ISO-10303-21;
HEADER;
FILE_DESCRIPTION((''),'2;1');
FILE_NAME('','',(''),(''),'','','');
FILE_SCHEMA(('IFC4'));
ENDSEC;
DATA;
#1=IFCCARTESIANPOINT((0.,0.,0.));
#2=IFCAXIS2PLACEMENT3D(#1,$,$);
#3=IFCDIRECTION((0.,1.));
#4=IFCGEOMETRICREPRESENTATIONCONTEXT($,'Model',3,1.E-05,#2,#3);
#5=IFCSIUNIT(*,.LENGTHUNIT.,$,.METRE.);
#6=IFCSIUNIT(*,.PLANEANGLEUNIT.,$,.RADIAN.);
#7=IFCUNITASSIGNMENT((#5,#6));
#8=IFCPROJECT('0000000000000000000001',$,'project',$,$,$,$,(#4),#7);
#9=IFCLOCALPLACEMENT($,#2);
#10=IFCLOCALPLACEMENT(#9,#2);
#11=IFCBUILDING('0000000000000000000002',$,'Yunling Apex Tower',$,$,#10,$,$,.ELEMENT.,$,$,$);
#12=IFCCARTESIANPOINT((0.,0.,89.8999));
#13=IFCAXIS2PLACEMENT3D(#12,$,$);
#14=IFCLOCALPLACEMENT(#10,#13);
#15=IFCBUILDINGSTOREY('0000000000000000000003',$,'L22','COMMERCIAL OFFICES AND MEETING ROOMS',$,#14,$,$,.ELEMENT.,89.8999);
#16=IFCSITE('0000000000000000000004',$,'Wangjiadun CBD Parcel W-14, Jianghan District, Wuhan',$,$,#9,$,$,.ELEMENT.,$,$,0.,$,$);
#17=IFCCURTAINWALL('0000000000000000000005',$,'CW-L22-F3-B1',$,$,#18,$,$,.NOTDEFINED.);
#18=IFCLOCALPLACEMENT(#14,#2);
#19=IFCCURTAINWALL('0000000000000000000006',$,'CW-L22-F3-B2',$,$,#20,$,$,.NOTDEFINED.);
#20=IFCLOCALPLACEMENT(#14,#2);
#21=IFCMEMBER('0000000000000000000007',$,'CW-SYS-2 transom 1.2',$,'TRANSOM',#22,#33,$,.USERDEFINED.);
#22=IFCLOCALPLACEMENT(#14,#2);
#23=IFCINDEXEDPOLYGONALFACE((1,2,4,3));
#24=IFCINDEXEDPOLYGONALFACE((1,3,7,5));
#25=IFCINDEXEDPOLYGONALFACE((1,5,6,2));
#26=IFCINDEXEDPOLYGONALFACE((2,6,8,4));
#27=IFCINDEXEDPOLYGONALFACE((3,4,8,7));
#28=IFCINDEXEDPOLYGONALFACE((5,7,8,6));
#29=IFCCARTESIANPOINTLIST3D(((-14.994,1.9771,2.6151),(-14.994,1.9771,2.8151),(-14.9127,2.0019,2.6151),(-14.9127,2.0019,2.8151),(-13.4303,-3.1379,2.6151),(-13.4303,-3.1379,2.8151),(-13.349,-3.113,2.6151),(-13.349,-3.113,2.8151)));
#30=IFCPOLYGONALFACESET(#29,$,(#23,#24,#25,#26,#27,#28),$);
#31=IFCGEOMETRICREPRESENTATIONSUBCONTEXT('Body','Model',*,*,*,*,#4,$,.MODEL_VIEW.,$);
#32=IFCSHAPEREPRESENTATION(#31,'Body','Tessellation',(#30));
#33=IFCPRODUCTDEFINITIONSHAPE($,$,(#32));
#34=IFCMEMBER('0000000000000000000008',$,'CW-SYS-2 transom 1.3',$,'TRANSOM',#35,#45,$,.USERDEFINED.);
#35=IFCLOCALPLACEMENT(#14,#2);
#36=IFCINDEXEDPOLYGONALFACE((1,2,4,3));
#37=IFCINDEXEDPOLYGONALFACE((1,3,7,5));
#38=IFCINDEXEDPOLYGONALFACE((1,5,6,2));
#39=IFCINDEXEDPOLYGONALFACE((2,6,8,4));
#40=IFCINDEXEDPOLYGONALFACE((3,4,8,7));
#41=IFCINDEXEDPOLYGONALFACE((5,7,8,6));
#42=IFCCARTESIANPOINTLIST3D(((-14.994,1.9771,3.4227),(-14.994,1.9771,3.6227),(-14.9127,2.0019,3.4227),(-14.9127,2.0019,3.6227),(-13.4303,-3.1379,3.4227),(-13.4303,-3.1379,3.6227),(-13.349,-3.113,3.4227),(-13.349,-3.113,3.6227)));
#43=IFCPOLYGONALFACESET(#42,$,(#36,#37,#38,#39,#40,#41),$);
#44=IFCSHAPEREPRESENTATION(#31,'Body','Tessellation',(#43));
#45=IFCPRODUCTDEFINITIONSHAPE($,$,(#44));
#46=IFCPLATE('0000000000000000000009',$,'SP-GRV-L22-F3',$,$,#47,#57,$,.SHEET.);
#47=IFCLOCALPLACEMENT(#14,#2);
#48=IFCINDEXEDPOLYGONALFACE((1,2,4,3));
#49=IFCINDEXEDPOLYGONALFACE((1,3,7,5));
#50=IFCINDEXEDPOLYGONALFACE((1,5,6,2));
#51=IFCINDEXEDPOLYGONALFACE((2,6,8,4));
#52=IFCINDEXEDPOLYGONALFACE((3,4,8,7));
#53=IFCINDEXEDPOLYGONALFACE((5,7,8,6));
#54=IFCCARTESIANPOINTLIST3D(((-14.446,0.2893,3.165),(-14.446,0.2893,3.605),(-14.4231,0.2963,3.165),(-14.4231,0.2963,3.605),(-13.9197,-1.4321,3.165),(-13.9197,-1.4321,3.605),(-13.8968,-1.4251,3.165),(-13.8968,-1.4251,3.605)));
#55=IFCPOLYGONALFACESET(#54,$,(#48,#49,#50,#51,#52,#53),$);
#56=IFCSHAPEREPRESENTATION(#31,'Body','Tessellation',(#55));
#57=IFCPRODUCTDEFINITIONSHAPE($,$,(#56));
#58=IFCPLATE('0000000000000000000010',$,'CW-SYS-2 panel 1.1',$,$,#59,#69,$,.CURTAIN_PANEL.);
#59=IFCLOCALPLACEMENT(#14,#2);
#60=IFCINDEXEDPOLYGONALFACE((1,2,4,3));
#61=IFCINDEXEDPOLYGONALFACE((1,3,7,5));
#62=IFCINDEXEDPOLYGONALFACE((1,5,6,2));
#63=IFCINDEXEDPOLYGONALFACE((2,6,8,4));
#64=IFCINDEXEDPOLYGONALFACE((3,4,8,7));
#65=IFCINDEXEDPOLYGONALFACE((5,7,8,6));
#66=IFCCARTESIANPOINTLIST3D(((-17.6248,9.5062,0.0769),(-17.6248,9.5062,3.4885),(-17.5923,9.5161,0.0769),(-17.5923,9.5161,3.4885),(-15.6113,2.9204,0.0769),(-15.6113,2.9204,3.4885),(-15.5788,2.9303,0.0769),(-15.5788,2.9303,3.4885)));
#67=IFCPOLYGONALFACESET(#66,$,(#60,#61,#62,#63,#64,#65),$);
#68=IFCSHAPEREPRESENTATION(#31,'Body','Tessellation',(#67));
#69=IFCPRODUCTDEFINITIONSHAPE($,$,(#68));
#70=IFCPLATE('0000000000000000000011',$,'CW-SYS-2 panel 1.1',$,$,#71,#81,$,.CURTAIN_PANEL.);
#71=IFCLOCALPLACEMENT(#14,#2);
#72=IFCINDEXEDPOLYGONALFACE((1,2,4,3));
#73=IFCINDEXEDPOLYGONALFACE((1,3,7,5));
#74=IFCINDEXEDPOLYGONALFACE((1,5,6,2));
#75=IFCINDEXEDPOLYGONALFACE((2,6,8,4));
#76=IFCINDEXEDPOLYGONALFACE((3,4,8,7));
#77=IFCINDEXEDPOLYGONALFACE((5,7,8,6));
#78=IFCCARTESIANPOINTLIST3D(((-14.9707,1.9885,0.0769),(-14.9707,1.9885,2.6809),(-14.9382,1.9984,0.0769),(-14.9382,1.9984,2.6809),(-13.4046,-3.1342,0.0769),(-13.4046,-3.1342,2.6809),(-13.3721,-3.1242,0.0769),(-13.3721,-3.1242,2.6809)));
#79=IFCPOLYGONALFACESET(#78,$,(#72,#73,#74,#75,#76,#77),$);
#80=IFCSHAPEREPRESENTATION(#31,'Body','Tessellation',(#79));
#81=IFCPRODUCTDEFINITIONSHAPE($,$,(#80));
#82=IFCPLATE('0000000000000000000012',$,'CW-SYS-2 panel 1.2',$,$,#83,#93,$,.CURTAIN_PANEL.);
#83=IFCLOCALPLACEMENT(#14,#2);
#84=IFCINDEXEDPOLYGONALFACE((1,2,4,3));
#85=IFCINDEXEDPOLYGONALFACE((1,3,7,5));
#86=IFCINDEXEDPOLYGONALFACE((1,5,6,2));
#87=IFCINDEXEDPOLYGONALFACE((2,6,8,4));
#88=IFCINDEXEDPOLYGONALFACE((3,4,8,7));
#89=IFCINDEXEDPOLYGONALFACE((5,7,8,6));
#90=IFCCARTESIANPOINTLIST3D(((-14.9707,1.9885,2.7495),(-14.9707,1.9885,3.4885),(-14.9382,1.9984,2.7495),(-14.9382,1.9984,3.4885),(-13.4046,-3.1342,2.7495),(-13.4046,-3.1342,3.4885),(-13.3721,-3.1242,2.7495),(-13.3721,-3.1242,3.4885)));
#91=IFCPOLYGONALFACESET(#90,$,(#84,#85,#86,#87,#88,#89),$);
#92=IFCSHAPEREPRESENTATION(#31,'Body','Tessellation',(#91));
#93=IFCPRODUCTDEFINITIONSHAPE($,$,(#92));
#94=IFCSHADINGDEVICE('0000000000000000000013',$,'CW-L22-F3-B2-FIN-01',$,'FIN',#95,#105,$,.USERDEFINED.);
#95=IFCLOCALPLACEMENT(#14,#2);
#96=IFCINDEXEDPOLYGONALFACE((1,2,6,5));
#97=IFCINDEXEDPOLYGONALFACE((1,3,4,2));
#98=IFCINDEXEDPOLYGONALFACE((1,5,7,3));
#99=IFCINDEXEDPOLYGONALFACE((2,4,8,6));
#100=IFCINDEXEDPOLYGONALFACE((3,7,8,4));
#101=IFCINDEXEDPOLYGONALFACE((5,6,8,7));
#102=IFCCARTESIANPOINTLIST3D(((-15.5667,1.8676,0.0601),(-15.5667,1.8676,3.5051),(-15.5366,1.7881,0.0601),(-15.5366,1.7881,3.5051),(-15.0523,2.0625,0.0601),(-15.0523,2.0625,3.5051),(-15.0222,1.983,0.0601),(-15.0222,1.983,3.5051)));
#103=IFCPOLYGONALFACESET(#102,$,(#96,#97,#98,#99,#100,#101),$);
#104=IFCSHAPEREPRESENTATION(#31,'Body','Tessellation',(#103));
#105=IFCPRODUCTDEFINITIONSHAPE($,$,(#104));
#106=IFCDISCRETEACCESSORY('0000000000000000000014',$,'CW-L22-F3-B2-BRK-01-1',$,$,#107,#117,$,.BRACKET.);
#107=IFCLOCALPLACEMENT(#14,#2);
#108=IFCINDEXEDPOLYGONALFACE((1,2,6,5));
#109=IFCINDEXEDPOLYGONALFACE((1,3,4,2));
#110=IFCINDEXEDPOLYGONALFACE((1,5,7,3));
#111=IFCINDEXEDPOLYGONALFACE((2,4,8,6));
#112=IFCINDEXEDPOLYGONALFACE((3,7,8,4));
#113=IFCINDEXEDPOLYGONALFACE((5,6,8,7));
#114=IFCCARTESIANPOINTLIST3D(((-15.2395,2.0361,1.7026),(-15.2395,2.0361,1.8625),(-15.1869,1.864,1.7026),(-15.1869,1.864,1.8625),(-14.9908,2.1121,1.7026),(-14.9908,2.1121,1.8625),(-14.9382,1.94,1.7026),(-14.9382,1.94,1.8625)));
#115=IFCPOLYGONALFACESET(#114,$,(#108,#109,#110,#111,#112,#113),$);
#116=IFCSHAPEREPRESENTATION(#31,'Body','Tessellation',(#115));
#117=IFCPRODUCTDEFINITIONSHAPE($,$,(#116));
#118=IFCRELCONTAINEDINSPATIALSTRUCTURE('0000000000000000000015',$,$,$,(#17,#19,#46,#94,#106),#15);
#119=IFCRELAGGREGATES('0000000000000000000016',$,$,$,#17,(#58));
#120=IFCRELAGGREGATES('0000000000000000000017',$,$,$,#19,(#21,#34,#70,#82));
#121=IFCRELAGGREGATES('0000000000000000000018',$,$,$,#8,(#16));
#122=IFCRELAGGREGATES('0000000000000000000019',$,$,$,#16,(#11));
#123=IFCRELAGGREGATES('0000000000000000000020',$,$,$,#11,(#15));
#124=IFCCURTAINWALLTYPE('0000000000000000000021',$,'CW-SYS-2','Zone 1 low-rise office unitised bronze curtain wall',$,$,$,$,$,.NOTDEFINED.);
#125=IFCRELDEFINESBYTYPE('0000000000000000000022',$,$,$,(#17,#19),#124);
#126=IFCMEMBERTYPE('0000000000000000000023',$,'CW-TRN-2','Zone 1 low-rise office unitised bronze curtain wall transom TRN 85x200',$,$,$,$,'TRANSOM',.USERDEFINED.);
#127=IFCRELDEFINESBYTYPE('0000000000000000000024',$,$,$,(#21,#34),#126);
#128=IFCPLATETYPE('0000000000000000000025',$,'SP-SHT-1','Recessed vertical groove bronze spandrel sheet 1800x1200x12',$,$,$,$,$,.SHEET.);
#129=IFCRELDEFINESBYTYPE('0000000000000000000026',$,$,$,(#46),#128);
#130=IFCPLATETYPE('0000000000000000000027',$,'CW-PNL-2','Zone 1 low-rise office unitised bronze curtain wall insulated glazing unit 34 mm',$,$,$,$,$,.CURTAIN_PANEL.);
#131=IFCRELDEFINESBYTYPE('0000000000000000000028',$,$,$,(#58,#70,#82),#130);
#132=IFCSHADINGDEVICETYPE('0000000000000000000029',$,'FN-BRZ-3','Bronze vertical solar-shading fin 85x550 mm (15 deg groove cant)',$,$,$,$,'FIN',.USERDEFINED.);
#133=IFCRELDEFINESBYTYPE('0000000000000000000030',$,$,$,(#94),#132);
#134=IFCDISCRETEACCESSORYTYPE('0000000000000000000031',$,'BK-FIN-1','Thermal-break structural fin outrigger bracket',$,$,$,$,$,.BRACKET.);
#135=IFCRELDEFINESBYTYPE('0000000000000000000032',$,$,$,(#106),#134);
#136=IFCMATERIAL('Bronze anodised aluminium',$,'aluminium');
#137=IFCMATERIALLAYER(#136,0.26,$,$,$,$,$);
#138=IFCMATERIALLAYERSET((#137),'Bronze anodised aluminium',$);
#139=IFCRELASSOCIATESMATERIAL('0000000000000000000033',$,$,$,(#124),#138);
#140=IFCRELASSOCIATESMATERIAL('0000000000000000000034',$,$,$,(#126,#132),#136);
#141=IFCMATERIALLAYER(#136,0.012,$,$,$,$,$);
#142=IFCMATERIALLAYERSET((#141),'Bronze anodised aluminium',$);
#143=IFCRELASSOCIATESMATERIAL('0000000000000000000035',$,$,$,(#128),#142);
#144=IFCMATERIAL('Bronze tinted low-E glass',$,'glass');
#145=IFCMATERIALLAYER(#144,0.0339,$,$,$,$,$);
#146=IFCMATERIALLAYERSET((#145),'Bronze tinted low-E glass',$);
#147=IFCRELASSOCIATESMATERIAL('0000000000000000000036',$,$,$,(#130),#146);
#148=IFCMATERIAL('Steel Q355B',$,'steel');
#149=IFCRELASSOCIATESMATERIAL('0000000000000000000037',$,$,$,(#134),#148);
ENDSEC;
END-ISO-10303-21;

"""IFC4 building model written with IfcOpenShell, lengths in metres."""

from ifc_helpers import new_model, si_unit, direction, frame, origin, origin_2d, place, context, subcontext, project, spatial, rectangle, extrude, source, transform, mapped, material, layer, layer_set, material_profile, profile_set, type_object, element, aggregate, save


model = new_model("IFC4")

# Units and contexts
model_context = context("Model", 3, precision=1e-05, world=origin(), true_north=direction((0.0, 1.0)))
body_context = subcontext(model_context, "Body", "Model", "MODEL_VIEW")
ifc_project = project(units=[si_unit("LENGTHUNIT", "METRE"), si_unit("PLANEANGLEUNIT", "RADIAN")], contexts=[model_context])

# Site, building, storey
site_placement = place(None, origin())
site = spatial("IfcSite", under=ifc_project, at=site_placement, Name="Wangjiadun CBD Parcel W-14, Jianghan District, Wuhan", CompositionType="ELEMENT", RefElevation=0.0)
building_placement = place(site_placement, origin())
building = spatial("IfcBuilding", under=site, at=building_placement, Name="Yunling Apex Tower", CompositionType="ELEMENT")
storey_placement = place(building_placement, frame((0.0, 0.0, 89.8999)))
storey = spatial("IfcBuildingStorey", under=building, at=storey_placement, Name="L22", Description="COMMERCIAL OFFICES AND MEETING ROOMS", CompositionType="ELEMENT", Elevation=89.8999)

# Shared definitions
ifc_material_1 = material(Name="Steel Q355B", Category="steel")

# Curtain wall
ifc_material_2 = material(Name="Bronze anodised aluminium", Category="aluminium")
ifc_layer_1 = layer(ifc_material_2, 0.26)
ifc_layer_set_1 = layer_set([ifc_layer_1], Name="Bronze anodised aluminium")
curtain_wall_type = type_object("IfcCurtainWallType", Name="CW-SYS-2", Description="Zone 1 low-rise office unitised bronze curtain wall", PredefinedType="NOTDEFINED", material=ifc_layer_set_1)
curtain_wall_1_placement = place(storey_placement, origin())
curtain_wall_1 = element("IfcCurtainWall", 1, at=curtain_wall_1_placement, inside=storey, type_object=curtain_wall_type, Name="CW-L22-F3-B1", PredefinedType="NOTDEFINED")

# Curtain wall, members
curtain_wall_2_placement = place(storey_placement, origin())
curtain_wall_2 = element("IfcCurtainWall", 2, at=curtain_wall_2_placement, inside=storey, type_object=curtain_wall_type, Name="CW-L22-F3-B2", PredefinedType="NOTDEFINED")
ifc_material_profile_1 = material_profile(ifc_material_2, rectangle(XDim=0.085, YDim=0.2, at=origin_2d()))
ifc_profile_set_1 = profile_set([ifc_material_profile_1], Name="Bronze anodised aluminium")
member_type_1 = type_object("IfcMemberType", Name="CW-TRN-2", Description="Zone 1 low-rise office unitised bronze curtain wall transom TRN 85x200", ElementType="TRANSOM", PredefinedType="USERDEFINED", material=ifc_profile_set_1)
shared_shape_1 = source(origin(), body_context, "Body", "SweptSolid", [
    extrude(rectangle(XDim=0.085, YDim=0.2, at=origin_2d()), origin(), (0.0, 0.0, 1.0), 5.3486),
])
member_1_placement = place(storey_placement, frame((-14.9534, 1.9895, 2.7151), z_axis=(0.292357, -0.956309, 0.0), x_axis=(0.956309, 0.292357, 0.0)))
member_1 = element("IfcMember", 3, at=member_1_placement, type_object=member_type_1, Name="CW-SYS-2 transom 1.2", ObjectType="TRANSOM", PredefinedType="USERDEFINED", context=body_context, shape_type="MappedRepresentation", body=[
    mapped(shared_shape_1, transform((0.0, 0.0, 0.0), scale=1.0)),
])
member_2_placement = place(storey_placement, frame((-14.9534, 1.9895, 3.5227), z_axis=(0.292357, -0.956309, 0.0), x_axis=(0.956309, 0.292357, 0.0)))
member_2 = element("IfcMember", 4, at=member_2_placement, type_object=member_type_1, Name="CW-SYS-2 transom 1.3", ObjectType="TRANSOM", PredefinedType="USERDEFINED", context=body_context, shape_type="MappedRepresentation", body=[
    mapped(shared_shape_1, transform((0.0, 0.0, 0.0), scale=1.0)),
])

# Plates
ifc_layer_2 = layer(ifc_material_2, 0.012)
ifc_layer_set_2 = layer_set([ifc_layer_2], Name="Bronze anodised aluminium")
plate_type_1 = type_object("IfcPlateType", Name="SP-SHT-1", Description="Recessed vertical groove bronze spandrel sheet 1800x1200x12", PredefinedType="SHEET", material=ifc_layer_set_2)
shared_shape_2 = source(origin(), body_context, "Body", "SweptSolid", [
    extrude(rectangle(XDim=1.8, YDim=0.0239, at=origin_2d()), origin(), (0.0, 0.0, 1.0), 0.4399),
])
plate_1_placement = place(storey_placement, frame((-14.1714, -0.5679, 3.165), z_axis=(0.0, 0.0, 1.0), x_axis=(0.292372, -0.956305, 0.0)))
element("IfcPlate", 5, at=plate_1_placement, inside=storey, type_object=plate_type_1, Name="SP-GRV-L22-F3", PredefinedType="SHEET", context=body_context, shape_type="MappedRepresentation", body=[
    mapped(shared_shape_2, transform((0.0, 0.0, 0.0), scale=1.0)),
])
ifc_material_3 = material(Name="Bronze tinted low-E glass", Category="glass")
ifc_layer_3 = layer(ifc_material_3, 0.0339)
ifc_layer_set_3 = layer_set([ifc_layer_3], Name="Bronze tinted low-E glass")
plate_type_2 = type_object("IfcPlateType", Name="CW-PNL-2", Description="Zone 1 low-rise office unitised bronze curtain wall insulated glazing unit 34 mm", PredefinedType="CURTAIN_PANEL", material=ifc_layer_set_3)
shared_shape_3 = source(origin(), body_context, "Body", "SweptSolid", [
    extrude(rectangle(XDim=6.8867, YDim=0.0339, at=origin_2d()), origin(), (0.0, 0.0, 1.0), 3.4116),
])
plate_2_placement = place(storey_placement, frame((-16.6018, 6.2183, 0.0769), z_axis=(0.0, 0.0, 1.0), x_axis=(0.292373, -0.956304, 0.0)))
plate_2 = element("IfcPlate", 6, at=plate_2_placement, type_object=plate_type_2, Name="CW-SYS-2 panel 1.1", PredefinedType="CURTAIN_PANEL", context=body_context, shape_type="MappedRepresentation", body=[
    mapped(shared_shape_3, transform((0.0, 0.0, 0.0), scale=1.0)),
])
aggregate(curtain_wall_1, [plate_2])
shared_shape_4 = source(origin(), body_context, "Body", "SweptSolid", [
    extrude(rectangle(XDim=5.3567, YDim=0.0339, at=origin_2d()), origin(), (0.0, 0.0, 1.0), 2.604),
])
plate_3_placement = place(storey_placement, frame((-14.1714, -0.5679, 0.0769), z_axis=(0.0, 0.0, 1.0), x_axis=(0.292364, -0.956307, 0.0)))
plate_3 = element("IfcPlate", 7, at=plate_3_placement, type_object=plate_type_2, Name="CW-SYS-2 panel 1.1", PredefinedType="CURTAIN_PANEL", context=body_context, shape_type="MappedRepresentation", body=[
    mapped(shared_shape_4, transform((0.0, 0.0, 0.0), scale=1.0)),
])
shared_shape_5 = source(origin(), body_context, "Body", "SweptSolid", [
    extrude(rectangle(XDim=5.3567, YDim=0.0339, at=origin_2d()), origin(), (0.0, 0.0, 1.0), 0.739),
])
plate_4_placement = place(storey_placement, frame((-14.1714, -0.5679, 2.7495), z_axis=(0.0, 0.0, 1.0), x_axis=(0.292364, -0.956307, 0.0)))
plate_4 = element("IfcPlate", 8, at=plate_4_placement, type_object=plate_type_2, Name="CW-SYS-2 panel 1.2", PredefinedType="CURTAIN_PANEL", context=body_context, shape_type="MappedRepresentation", body=[
    mapped(shared_shape_5, transform((0.0, 0.0, 0.0), scale=1.0)),
])
aggregate(curtain_wall_2, [member_1, member_2, plate_3, plate_4])

# Shading device
ifc_material_profile_2 = material_profile(ifc_material_2, rectangle(XDim=0.085, YDim=0.55, at=origin_2d()))
ifc_profile_set_2 = profile_set([ifc_material_profile_2], Name="Bronze anodised aluminium")
shading_device_type = type_object("IfcShadingDeviceType", Name="FN-BRZ-3", Description="Bronze vertical solar-shading fin 85x550 mm (15 deg groove cant)", ElementType="FIN", PredefinedType="USERDEFINED", material=ifc_profile_set_2)
shared_shape_6 = source(origin(), body_context, "Body", "SweptSolid", [
    extrude(rectangle(XDim=0.085, YDim=0.55, at=origin_2d()), origin(), (0.0, 0.0, 1.0), 3.4451),
])
shading_device_placement = place(storey_placement, frame((-15.2944, 1.9253, 0.0601), z_axis=(0.0, 0.0, 1.0), x_axis=(0.354291, -0.935135, 0.0)))
element("IfcShadingDevice", 9, at=shading_device_placement, inside=storey, type_object=shading_device_type, Name="CW-L22-F3-B2-FIN-01", ObjectType="FIN", PredefinedType="USERDEFINED", context=body_context, shape_type="MappedRepresentation", body=[
    mapped(shared_shape_6, transform((0.0, 0.0, 0.0), scale=1.0)),
])

# Discrete accessory
discrete_accessory_type = type_object("IfcDiscreteAccessoryType", Name="BK-FIN-1", Description="Thermal-break structural fin outrigger bracket", PredefinedType="BRACKET", material=ifc_material_1)
shared_shape_7 = source(origin(), body_context, "Body", "SweptSolid", [
    extrude(rectangle(XDim=0.1799, YDim=0.26, at=origin_2d()), origin(), (0.0, 0.0, 1.0), 0.1599),
])
discrete_accessory_placement = place(storey_placement, frame((-15.0889, 1.988, 1.7026), z_axis=(0.0, 0.0, 1.0), x_axis=(0.292372, -0.956305, 0.0)))
element("IfcDiscreteAccessory", 10, at=discrete_accessory_placement, inside=storey, type_object=discrete_accessory_type, Name="CW-L22-F3-B2-BRK-01-1", PredefinedType="BRACKET", context=body_context, shape_type="MappedRepresentation", body=[
    mapped(shared_shape_7, transform((0.0, 0.0, 0.0), scale=1.0)),
])

save(model, "model.ifc")
